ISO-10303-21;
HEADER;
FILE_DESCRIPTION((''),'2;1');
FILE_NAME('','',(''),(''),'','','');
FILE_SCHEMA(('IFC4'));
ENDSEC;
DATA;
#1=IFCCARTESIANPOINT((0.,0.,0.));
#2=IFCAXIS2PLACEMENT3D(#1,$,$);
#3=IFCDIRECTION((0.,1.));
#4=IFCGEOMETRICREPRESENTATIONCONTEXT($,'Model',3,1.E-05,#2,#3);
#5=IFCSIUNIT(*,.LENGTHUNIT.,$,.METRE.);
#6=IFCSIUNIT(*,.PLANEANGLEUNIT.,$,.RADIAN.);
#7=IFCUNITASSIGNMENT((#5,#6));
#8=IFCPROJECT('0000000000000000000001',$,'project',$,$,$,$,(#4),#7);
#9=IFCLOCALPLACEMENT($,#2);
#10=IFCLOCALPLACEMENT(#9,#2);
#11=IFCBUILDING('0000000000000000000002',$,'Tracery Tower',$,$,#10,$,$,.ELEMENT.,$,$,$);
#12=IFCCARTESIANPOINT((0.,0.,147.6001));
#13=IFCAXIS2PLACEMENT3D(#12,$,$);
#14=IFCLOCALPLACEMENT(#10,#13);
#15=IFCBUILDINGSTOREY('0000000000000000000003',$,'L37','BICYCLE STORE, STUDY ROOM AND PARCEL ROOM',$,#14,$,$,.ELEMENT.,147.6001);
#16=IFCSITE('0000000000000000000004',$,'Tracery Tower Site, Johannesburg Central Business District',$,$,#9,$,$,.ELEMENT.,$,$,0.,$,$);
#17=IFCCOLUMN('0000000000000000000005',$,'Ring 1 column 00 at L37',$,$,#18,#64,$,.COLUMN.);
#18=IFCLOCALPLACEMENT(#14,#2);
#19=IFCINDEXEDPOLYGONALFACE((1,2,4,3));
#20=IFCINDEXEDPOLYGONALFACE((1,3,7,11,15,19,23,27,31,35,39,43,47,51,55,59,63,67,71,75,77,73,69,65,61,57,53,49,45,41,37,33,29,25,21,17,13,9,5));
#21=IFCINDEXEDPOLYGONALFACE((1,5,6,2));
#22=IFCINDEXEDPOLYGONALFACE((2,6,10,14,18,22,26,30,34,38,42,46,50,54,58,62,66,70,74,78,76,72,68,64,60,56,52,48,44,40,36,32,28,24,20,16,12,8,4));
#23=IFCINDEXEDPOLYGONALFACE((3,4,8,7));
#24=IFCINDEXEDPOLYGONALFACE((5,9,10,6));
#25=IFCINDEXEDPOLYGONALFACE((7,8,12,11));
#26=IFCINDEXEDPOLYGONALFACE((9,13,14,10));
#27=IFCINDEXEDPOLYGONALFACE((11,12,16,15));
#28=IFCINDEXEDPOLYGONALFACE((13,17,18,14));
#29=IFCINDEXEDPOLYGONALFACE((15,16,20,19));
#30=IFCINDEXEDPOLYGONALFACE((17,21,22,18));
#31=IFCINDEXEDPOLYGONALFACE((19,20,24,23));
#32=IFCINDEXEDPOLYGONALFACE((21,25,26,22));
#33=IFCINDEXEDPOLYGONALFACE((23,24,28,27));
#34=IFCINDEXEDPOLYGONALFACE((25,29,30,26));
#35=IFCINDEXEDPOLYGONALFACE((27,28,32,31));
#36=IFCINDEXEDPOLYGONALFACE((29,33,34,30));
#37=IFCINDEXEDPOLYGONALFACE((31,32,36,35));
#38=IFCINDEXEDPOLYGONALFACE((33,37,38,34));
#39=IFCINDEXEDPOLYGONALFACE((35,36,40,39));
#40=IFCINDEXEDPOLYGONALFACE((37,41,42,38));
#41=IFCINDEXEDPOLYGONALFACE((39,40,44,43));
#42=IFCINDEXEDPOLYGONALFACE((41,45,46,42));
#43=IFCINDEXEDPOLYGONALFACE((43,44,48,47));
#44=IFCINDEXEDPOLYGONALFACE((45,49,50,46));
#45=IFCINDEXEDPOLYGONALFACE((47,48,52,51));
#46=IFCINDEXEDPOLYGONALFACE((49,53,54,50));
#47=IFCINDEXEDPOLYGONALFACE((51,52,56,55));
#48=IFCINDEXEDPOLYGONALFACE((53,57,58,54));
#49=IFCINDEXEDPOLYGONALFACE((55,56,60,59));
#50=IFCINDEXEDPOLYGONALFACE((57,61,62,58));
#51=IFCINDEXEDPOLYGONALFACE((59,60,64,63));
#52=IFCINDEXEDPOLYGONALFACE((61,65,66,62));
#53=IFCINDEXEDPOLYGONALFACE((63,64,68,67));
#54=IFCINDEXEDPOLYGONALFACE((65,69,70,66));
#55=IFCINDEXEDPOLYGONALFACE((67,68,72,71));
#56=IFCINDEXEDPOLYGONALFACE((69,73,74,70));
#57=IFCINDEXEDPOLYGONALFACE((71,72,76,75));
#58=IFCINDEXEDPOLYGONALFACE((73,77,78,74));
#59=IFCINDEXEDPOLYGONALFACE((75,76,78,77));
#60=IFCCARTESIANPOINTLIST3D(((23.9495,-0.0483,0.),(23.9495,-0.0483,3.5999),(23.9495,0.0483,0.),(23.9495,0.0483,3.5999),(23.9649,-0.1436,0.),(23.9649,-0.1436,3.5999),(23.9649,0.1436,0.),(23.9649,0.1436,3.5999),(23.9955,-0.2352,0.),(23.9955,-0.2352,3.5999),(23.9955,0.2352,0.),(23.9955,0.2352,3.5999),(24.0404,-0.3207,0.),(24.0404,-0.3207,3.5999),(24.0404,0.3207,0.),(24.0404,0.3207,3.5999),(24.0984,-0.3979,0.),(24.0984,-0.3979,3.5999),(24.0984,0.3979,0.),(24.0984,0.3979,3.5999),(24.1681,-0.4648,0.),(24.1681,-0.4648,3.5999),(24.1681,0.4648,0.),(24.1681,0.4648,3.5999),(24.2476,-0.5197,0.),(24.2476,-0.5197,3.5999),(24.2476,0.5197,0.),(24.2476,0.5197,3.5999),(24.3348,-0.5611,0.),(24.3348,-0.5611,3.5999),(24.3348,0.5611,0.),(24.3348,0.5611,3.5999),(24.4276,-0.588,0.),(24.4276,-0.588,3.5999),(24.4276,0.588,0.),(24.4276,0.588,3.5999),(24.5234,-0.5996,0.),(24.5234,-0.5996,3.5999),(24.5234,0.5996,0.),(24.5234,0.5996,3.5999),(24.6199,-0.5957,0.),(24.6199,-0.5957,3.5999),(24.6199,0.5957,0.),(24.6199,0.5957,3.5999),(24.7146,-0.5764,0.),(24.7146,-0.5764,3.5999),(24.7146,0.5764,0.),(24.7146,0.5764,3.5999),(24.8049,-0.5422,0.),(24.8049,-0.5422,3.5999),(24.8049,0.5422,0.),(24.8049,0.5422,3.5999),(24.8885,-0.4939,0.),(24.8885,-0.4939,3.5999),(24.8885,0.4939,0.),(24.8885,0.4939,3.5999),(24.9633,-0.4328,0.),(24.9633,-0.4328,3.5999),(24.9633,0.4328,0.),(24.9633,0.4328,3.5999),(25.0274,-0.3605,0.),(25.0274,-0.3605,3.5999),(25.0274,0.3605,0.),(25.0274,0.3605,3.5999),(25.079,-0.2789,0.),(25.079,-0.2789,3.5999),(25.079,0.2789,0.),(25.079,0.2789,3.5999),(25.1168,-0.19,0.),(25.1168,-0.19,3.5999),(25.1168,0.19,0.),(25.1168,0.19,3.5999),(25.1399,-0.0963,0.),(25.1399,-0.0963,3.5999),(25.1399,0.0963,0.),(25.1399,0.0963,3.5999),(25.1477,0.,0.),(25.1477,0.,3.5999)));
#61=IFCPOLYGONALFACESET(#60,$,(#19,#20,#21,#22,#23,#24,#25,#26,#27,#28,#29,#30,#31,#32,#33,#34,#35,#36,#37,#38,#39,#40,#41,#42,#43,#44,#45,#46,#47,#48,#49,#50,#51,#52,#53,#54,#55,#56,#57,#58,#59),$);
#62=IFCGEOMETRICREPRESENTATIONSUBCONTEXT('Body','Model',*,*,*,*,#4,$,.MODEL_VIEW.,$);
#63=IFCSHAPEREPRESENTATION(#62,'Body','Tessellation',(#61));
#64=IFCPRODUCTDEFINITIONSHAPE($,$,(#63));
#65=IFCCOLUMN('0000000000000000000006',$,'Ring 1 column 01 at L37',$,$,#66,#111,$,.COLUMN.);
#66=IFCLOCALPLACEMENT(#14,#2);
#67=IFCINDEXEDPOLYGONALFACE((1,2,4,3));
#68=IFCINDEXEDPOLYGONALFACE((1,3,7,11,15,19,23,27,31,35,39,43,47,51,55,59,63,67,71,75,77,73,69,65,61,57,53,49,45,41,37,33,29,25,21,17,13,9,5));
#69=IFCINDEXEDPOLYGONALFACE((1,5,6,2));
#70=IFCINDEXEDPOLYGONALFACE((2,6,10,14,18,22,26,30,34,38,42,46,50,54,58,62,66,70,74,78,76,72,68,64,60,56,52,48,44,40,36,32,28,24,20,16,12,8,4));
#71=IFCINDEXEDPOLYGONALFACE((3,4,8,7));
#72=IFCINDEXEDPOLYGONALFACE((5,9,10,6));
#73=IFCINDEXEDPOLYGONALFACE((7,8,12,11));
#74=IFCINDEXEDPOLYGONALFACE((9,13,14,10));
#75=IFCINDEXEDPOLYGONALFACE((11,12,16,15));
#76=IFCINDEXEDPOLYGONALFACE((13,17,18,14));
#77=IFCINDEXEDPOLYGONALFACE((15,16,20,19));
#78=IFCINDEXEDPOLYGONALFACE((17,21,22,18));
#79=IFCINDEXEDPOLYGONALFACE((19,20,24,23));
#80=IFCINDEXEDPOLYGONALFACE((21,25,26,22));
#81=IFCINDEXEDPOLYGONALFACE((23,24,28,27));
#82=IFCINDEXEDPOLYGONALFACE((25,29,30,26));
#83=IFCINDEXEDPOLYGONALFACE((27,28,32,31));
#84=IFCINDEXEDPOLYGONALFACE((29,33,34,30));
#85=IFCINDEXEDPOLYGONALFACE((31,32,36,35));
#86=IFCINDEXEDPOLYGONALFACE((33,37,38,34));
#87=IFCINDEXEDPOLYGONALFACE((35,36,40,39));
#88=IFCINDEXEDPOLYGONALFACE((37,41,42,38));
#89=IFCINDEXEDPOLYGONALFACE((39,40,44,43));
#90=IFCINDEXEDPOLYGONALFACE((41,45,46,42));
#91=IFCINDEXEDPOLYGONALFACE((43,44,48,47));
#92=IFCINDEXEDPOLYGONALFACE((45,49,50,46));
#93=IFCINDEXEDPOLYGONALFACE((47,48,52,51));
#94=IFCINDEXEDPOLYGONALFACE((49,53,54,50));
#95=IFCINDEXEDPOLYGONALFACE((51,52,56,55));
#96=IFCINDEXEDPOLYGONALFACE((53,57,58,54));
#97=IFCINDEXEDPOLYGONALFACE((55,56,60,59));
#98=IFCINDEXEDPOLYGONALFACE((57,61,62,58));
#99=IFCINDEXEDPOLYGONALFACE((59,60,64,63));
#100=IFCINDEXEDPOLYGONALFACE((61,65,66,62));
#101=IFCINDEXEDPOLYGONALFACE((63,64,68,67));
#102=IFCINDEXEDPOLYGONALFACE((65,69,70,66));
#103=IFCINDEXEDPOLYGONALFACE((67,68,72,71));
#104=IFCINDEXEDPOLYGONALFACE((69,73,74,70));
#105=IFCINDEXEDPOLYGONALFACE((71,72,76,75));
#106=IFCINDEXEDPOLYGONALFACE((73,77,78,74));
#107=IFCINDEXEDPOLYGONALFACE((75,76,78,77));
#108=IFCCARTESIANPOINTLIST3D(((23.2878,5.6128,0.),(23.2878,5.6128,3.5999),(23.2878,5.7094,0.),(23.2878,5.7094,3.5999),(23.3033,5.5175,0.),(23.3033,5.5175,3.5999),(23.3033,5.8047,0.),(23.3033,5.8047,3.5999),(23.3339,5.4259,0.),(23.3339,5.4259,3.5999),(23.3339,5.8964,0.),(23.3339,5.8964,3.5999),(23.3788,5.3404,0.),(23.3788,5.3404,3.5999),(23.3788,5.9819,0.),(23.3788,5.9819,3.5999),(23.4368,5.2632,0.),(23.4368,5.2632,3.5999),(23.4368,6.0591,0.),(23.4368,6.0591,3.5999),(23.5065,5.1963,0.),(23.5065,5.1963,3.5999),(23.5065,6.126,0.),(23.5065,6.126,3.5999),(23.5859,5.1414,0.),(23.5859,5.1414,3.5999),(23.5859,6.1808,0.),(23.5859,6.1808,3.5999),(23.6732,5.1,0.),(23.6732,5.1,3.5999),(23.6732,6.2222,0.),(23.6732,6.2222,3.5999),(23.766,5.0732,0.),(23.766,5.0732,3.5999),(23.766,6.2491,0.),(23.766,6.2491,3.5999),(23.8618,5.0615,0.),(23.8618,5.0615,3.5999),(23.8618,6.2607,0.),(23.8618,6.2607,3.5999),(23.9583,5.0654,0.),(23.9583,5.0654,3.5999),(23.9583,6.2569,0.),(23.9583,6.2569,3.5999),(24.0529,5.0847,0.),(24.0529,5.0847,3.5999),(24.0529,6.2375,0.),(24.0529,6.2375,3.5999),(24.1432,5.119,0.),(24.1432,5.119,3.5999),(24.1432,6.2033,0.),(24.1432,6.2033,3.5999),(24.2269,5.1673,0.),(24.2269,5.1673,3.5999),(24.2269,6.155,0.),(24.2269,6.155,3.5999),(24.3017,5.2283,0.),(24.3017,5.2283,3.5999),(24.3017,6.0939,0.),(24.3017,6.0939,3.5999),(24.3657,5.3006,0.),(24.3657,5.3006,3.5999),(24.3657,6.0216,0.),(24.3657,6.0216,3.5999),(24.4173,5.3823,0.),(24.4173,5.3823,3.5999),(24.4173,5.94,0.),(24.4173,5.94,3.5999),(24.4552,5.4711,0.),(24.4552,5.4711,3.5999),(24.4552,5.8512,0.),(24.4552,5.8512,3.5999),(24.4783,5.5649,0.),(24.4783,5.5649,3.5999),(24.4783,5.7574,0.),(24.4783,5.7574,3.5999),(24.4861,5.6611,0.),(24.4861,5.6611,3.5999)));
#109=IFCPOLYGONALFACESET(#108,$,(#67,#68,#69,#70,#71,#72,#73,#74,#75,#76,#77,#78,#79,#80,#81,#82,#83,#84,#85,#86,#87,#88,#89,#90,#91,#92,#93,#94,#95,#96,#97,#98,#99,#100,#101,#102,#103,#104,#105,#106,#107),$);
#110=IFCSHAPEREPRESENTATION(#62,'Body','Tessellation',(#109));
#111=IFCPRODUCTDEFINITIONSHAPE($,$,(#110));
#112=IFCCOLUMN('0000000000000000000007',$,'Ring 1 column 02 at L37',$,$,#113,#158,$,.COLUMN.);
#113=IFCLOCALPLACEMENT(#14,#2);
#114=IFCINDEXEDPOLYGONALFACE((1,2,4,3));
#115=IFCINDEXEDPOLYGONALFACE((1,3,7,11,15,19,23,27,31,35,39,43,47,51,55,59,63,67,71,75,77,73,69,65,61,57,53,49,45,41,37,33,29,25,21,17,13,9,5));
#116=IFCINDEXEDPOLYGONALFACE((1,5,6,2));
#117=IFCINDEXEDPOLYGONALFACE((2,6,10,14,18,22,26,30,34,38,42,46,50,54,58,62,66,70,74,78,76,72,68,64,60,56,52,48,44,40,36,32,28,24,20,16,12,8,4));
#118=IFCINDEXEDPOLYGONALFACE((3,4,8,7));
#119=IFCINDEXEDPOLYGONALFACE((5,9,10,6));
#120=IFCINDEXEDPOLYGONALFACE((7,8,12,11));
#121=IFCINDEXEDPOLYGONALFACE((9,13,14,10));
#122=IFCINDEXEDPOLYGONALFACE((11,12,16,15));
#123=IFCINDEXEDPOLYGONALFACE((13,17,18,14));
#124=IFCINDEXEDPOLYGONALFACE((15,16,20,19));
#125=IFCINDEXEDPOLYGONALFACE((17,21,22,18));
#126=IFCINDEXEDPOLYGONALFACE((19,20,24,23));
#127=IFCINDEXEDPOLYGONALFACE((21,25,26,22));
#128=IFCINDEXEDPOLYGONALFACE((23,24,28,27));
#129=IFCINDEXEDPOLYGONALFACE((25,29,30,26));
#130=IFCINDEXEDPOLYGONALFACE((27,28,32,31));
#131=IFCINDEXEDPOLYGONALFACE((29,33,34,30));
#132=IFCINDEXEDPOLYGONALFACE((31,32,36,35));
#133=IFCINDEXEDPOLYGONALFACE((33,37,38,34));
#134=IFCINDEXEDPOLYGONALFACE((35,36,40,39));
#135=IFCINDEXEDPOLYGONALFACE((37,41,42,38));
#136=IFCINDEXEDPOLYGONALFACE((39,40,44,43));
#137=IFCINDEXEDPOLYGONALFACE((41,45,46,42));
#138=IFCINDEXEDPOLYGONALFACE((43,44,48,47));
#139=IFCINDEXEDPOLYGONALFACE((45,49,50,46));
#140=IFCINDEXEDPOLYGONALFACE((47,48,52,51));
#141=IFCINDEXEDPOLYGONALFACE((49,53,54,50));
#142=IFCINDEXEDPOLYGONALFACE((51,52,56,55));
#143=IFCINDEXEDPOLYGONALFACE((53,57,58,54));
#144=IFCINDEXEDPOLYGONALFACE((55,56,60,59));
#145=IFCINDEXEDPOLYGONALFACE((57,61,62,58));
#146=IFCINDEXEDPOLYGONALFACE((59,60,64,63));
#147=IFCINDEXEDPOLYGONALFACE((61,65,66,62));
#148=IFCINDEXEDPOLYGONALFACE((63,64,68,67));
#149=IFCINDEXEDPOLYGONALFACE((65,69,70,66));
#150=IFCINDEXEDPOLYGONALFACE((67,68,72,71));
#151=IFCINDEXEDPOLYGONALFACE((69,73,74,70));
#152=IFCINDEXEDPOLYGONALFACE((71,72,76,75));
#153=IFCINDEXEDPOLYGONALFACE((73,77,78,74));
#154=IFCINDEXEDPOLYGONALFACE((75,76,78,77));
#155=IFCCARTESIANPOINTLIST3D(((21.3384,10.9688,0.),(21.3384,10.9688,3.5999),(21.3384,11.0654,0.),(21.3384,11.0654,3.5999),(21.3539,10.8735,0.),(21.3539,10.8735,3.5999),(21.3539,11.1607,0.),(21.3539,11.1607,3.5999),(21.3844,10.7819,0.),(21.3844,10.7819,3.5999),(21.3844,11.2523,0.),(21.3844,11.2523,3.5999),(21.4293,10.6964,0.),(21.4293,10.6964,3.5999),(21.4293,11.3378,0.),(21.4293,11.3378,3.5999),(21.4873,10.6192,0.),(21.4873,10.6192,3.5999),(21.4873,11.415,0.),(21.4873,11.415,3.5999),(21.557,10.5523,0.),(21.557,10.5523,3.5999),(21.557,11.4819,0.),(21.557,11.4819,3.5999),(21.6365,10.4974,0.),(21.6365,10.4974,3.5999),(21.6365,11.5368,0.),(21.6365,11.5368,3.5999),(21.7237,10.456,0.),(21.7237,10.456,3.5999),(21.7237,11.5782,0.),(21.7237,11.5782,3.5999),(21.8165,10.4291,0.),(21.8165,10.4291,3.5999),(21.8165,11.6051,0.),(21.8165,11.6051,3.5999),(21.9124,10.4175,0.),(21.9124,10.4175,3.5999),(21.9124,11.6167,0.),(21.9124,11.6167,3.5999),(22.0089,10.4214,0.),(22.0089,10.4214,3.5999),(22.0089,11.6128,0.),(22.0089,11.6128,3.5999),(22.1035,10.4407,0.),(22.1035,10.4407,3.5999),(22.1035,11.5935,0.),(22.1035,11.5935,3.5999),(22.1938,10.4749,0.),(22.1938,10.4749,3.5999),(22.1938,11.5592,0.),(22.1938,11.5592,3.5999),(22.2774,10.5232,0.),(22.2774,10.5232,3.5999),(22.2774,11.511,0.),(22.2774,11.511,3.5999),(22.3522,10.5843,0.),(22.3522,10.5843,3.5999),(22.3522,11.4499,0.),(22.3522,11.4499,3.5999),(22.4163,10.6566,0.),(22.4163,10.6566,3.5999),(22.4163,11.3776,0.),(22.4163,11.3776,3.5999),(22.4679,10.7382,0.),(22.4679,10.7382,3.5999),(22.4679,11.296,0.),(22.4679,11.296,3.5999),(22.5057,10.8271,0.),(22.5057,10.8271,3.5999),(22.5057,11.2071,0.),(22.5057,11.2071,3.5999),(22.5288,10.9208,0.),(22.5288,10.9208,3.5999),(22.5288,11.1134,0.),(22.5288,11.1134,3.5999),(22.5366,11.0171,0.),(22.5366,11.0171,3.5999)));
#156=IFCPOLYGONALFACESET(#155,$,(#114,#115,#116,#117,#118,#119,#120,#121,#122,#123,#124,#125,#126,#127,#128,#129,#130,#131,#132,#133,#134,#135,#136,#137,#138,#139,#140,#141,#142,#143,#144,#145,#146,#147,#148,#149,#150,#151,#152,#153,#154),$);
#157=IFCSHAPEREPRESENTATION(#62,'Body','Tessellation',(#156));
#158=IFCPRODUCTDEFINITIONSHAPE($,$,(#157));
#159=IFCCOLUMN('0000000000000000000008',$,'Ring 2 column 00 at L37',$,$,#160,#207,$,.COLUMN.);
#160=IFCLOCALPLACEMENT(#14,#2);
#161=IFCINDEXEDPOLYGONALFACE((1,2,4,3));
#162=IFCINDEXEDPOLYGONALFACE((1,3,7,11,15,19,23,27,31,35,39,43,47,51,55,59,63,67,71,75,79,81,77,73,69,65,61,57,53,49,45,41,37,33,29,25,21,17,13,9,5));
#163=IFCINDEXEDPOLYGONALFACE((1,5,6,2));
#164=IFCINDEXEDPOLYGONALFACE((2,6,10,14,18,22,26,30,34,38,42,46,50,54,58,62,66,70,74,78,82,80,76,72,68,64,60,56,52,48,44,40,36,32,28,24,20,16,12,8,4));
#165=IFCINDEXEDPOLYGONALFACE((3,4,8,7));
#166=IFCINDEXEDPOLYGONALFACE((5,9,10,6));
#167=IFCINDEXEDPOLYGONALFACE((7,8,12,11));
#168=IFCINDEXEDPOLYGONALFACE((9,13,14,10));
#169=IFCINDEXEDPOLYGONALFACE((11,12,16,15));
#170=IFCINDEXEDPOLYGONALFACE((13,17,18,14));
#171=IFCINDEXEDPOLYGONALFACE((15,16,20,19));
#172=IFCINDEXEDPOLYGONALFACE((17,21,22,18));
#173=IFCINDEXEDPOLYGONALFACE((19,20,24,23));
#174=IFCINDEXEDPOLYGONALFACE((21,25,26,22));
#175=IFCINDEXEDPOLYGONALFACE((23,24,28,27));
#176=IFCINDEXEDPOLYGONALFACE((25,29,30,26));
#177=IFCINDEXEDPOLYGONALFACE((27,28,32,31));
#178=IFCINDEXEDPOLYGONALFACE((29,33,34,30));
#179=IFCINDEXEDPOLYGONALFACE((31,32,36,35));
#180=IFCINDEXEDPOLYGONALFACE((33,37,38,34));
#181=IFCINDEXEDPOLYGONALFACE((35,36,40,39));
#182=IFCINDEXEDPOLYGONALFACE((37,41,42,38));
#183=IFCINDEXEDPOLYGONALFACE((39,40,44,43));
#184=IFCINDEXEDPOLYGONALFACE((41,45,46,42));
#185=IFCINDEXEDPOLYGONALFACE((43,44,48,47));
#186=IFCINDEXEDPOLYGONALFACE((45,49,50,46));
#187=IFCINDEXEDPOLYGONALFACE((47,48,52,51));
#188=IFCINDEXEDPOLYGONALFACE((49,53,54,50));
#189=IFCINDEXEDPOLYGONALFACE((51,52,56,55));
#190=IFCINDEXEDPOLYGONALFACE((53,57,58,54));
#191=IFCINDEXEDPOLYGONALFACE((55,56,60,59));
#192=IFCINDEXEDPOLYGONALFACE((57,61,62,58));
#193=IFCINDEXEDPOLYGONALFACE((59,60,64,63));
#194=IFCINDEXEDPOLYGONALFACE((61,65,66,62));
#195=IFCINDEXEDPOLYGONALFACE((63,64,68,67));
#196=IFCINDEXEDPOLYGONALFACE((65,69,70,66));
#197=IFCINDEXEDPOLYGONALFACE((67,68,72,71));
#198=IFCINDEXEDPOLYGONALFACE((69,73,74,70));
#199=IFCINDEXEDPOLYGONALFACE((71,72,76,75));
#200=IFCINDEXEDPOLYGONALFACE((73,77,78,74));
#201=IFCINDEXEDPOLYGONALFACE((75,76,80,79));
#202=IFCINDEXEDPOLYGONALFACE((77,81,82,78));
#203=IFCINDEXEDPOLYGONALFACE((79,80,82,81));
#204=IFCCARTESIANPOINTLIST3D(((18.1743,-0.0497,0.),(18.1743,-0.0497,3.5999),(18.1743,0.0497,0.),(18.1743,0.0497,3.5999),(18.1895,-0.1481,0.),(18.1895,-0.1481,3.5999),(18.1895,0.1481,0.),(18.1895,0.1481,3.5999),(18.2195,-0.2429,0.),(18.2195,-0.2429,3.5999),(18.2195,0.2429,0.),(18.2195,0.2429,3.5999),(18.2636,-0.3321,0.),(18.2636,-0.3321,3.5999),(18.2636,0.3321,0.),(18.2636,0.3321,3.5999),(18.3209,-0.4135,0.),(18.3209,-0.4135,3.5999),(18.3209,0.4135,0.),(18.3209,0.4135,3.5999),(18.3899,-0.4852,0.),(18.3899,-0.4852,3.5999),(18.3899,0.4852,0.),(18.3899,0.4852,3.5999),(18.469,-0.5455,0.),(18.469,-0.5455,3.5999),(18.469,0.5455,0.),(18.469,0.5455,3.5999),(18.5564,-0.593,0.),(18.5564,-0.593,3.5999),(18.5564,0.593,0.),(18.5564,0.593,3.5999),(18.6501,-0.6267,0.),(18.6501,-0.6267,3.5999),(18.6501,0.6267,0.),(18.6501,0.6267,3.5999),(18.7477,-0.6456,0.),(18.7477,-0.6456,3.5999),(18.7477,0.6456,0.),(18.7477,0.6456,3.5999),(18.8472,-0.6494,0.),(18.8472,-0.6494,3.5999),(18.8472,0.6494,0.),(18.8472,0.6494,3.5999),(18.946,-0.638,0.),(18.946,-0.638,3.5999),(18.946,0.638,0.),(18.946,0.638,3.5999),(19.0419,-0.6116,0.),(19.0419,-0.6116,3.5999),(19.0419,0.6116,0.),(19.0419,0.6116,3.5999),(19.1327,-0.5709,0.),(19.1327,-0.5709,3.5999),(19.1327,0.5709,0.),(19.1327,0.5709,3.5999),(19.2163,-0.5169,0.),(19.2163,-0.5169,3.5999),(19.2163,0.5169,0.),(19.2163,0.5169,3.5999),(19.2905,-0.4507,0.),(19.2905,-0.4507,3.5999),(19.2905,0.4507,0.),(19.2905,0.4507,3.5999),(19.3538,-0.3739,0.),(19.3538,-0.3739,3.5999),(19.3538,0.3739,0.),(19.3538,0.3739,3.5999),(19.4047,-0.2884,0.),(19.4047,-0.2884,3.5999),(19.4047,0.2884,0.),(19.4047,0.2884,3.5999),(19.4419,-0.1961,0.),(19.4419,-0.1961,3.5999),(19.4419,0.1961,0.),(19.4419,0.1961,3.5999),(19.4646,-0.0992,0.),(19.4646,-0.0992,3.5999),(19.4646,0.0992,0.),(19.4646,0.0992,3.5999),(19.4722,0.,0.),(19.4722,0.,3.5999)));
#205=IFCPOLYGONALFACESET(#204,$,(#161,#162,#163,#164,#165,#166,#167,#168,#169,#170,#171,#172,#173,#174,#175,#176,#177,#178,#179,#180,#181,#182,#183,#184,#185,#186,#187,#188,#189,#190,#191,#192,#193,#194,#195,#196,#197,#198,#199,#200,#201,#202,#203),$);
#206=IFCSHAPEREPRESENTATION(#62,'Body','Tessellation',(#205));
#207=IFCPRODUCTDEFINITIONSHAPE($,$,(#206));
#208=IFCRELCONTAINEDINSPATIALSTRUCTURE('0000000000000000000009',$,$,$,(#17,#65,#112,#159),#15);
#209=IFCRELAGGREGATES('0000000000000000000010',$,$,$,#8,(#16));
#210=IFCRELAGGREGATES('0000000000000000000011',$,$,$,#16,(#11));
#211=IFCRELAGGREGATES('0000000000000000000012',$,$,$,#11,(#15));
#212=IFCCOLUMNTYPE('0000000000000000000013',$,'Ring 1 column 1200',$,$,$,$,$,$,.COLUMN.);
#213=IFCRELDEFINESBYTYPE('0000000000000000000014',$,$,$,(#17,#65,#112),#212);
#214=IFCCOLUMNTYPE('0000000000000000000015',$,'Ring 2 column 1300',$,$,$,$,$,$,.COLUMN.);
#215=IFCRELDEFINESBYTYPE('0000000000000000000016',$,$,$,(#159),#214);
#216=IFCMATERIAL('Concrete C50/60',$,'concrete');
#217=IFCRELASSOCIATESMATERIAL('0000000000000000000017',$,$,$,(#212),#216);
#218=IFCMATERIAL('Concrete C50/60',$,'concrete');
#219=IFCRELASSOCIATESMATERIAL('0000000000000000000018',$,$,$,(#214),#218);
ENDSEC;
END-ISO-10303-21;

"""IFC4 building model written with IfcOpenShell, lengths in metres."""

from ifc_helpers import new_model, si_unit, direction, frame, origin, origin_2d, place, context, subcontext, project, spatial, circle, extrude, material, material_profile, profile_set, type_object, element, save


model = new_model("IFC4")

# Units and contexts
model_context = context("Model", 3, precision=1e-05, world=origin(), true_north=direction((0.0, 1.0)))
body_context = subcontext(model_context, "Body", "Model", "MODEL_VIEW")
ifc_project = project(units=[si_unit("LENGTHUNIT", "METRE"), si_unit("PLANEANGLEUNIT", "RADIAN")], contexts=[model_context])

# Site, building, storey
site_placement = place(None, origin())
site = spatial("IfcSite", under=ifc_project, at=site_placement, Name="Tracery Tower Site, Johannesburg Central Business District", CompositionType="ELEMENT", RefElevation=0.0)
building_placement = place(site_placement, origin())
building = spatial("IfcBuilding", under=site, at=building_placement, Name="Tracery Tower", CompositionType="ELEMENT")
storey_placement = place(building_placement, frame((0.0, 0.0, 147.6001)))
storey = spatial("IfcBuildingStorey", under=building, at=storey_placement, Name="L37", Description="BICYCLE STORE, STUDY ROOM AND PARCEL ROOM", CompositionType="ELEMENT", Elevation=147.6001)

# Columns
ifc_material_1 = material(Name="Concrete C50/60", Category="concrete")
ifc_material_profile_1 = material_profile(ifc_material_1, circle(Radius=0.6001, at=origin_2d()), Name="RC D1200")
ifc_profile_set_1 = profile_set([ifc_material_profile_1], Name="Concrete C50/60")
column_type_1 = type_object("IfcColumnType", Name="Ring 1 column 1200", PredefinedType="COLUMN", material=ifc_profile_set_1)
for number, where, z_axis, x_axis, name in (
    (1, (24.5476, 0.0, 0.0), (0.0, 0.0, 1.0), (1.0, 0.0, 0.0), "Ring 1 column 00 at L37"),
    (2, (23.886, 5.6611, 0.0), (0.0, 0.0, 1.0), (1.0, 0.0, 0.0), "Ring 1 column 01 at L37"),
    (3, (21.9365, 11.0171, 0.0), (0.0, 0.0, 1.0), (1.0, 0.0, 0.0), "Ring 1 column 02 at L37"),
):
    element("IfcColumn", number, at=place(storey_placement, frame(where, z_axis=z_axis, x_axis=x_axis)), inside=storey, type_object=column_type_1, Name=name, PredefinedType="COLUMN", context=body_context, shape_type="SweptSolid", body=[
        extrude(circle(Radius=0.6001, at=origin_2d()), origin(), (0.0, 0.0, 1.0), 3.5999),
    ])
ifc_material_2 = material(Name="Concrete C50/60", Category="concrete")
ifc_material_profile_2 = material_profile(ifc_material_2, circle(Radius=0.6499, at=origin_2d()), Name="RC D1300")
ifc_profile_set_2 = profile_set([ifc_material_profile_2], Name="Concrete C50/60")
column_type_2 = type_object("IfcColumnType", Name="Ring 2 column 1300", PredefinedType="COLUMN", material=ifc_profile_set_2)
for number, where, z_axis, x_axis, name in (
    (4, (18.8223, 0.0, 0.0), (0.0, 0.0, 1.0), (1.0, 0.0, 0.0), "Ring 2 column 00 at L37"),
):
    element("IfcColumn", number, at=place(storey_placement, frame(where, z_axis=z_axis, x_axis=x_axis)), inside=storey, type_object=column_type_2, Name=name, PredefinedType="COLUMN", context=body_context, shape_type="SweptSolid", body=[
        extrude(circle(Radius=0.6499, at=origin_2d()), origin(), (0.0, 0.0, 1.0), 3.5999),
    ])

save(model, "model.ifc")
